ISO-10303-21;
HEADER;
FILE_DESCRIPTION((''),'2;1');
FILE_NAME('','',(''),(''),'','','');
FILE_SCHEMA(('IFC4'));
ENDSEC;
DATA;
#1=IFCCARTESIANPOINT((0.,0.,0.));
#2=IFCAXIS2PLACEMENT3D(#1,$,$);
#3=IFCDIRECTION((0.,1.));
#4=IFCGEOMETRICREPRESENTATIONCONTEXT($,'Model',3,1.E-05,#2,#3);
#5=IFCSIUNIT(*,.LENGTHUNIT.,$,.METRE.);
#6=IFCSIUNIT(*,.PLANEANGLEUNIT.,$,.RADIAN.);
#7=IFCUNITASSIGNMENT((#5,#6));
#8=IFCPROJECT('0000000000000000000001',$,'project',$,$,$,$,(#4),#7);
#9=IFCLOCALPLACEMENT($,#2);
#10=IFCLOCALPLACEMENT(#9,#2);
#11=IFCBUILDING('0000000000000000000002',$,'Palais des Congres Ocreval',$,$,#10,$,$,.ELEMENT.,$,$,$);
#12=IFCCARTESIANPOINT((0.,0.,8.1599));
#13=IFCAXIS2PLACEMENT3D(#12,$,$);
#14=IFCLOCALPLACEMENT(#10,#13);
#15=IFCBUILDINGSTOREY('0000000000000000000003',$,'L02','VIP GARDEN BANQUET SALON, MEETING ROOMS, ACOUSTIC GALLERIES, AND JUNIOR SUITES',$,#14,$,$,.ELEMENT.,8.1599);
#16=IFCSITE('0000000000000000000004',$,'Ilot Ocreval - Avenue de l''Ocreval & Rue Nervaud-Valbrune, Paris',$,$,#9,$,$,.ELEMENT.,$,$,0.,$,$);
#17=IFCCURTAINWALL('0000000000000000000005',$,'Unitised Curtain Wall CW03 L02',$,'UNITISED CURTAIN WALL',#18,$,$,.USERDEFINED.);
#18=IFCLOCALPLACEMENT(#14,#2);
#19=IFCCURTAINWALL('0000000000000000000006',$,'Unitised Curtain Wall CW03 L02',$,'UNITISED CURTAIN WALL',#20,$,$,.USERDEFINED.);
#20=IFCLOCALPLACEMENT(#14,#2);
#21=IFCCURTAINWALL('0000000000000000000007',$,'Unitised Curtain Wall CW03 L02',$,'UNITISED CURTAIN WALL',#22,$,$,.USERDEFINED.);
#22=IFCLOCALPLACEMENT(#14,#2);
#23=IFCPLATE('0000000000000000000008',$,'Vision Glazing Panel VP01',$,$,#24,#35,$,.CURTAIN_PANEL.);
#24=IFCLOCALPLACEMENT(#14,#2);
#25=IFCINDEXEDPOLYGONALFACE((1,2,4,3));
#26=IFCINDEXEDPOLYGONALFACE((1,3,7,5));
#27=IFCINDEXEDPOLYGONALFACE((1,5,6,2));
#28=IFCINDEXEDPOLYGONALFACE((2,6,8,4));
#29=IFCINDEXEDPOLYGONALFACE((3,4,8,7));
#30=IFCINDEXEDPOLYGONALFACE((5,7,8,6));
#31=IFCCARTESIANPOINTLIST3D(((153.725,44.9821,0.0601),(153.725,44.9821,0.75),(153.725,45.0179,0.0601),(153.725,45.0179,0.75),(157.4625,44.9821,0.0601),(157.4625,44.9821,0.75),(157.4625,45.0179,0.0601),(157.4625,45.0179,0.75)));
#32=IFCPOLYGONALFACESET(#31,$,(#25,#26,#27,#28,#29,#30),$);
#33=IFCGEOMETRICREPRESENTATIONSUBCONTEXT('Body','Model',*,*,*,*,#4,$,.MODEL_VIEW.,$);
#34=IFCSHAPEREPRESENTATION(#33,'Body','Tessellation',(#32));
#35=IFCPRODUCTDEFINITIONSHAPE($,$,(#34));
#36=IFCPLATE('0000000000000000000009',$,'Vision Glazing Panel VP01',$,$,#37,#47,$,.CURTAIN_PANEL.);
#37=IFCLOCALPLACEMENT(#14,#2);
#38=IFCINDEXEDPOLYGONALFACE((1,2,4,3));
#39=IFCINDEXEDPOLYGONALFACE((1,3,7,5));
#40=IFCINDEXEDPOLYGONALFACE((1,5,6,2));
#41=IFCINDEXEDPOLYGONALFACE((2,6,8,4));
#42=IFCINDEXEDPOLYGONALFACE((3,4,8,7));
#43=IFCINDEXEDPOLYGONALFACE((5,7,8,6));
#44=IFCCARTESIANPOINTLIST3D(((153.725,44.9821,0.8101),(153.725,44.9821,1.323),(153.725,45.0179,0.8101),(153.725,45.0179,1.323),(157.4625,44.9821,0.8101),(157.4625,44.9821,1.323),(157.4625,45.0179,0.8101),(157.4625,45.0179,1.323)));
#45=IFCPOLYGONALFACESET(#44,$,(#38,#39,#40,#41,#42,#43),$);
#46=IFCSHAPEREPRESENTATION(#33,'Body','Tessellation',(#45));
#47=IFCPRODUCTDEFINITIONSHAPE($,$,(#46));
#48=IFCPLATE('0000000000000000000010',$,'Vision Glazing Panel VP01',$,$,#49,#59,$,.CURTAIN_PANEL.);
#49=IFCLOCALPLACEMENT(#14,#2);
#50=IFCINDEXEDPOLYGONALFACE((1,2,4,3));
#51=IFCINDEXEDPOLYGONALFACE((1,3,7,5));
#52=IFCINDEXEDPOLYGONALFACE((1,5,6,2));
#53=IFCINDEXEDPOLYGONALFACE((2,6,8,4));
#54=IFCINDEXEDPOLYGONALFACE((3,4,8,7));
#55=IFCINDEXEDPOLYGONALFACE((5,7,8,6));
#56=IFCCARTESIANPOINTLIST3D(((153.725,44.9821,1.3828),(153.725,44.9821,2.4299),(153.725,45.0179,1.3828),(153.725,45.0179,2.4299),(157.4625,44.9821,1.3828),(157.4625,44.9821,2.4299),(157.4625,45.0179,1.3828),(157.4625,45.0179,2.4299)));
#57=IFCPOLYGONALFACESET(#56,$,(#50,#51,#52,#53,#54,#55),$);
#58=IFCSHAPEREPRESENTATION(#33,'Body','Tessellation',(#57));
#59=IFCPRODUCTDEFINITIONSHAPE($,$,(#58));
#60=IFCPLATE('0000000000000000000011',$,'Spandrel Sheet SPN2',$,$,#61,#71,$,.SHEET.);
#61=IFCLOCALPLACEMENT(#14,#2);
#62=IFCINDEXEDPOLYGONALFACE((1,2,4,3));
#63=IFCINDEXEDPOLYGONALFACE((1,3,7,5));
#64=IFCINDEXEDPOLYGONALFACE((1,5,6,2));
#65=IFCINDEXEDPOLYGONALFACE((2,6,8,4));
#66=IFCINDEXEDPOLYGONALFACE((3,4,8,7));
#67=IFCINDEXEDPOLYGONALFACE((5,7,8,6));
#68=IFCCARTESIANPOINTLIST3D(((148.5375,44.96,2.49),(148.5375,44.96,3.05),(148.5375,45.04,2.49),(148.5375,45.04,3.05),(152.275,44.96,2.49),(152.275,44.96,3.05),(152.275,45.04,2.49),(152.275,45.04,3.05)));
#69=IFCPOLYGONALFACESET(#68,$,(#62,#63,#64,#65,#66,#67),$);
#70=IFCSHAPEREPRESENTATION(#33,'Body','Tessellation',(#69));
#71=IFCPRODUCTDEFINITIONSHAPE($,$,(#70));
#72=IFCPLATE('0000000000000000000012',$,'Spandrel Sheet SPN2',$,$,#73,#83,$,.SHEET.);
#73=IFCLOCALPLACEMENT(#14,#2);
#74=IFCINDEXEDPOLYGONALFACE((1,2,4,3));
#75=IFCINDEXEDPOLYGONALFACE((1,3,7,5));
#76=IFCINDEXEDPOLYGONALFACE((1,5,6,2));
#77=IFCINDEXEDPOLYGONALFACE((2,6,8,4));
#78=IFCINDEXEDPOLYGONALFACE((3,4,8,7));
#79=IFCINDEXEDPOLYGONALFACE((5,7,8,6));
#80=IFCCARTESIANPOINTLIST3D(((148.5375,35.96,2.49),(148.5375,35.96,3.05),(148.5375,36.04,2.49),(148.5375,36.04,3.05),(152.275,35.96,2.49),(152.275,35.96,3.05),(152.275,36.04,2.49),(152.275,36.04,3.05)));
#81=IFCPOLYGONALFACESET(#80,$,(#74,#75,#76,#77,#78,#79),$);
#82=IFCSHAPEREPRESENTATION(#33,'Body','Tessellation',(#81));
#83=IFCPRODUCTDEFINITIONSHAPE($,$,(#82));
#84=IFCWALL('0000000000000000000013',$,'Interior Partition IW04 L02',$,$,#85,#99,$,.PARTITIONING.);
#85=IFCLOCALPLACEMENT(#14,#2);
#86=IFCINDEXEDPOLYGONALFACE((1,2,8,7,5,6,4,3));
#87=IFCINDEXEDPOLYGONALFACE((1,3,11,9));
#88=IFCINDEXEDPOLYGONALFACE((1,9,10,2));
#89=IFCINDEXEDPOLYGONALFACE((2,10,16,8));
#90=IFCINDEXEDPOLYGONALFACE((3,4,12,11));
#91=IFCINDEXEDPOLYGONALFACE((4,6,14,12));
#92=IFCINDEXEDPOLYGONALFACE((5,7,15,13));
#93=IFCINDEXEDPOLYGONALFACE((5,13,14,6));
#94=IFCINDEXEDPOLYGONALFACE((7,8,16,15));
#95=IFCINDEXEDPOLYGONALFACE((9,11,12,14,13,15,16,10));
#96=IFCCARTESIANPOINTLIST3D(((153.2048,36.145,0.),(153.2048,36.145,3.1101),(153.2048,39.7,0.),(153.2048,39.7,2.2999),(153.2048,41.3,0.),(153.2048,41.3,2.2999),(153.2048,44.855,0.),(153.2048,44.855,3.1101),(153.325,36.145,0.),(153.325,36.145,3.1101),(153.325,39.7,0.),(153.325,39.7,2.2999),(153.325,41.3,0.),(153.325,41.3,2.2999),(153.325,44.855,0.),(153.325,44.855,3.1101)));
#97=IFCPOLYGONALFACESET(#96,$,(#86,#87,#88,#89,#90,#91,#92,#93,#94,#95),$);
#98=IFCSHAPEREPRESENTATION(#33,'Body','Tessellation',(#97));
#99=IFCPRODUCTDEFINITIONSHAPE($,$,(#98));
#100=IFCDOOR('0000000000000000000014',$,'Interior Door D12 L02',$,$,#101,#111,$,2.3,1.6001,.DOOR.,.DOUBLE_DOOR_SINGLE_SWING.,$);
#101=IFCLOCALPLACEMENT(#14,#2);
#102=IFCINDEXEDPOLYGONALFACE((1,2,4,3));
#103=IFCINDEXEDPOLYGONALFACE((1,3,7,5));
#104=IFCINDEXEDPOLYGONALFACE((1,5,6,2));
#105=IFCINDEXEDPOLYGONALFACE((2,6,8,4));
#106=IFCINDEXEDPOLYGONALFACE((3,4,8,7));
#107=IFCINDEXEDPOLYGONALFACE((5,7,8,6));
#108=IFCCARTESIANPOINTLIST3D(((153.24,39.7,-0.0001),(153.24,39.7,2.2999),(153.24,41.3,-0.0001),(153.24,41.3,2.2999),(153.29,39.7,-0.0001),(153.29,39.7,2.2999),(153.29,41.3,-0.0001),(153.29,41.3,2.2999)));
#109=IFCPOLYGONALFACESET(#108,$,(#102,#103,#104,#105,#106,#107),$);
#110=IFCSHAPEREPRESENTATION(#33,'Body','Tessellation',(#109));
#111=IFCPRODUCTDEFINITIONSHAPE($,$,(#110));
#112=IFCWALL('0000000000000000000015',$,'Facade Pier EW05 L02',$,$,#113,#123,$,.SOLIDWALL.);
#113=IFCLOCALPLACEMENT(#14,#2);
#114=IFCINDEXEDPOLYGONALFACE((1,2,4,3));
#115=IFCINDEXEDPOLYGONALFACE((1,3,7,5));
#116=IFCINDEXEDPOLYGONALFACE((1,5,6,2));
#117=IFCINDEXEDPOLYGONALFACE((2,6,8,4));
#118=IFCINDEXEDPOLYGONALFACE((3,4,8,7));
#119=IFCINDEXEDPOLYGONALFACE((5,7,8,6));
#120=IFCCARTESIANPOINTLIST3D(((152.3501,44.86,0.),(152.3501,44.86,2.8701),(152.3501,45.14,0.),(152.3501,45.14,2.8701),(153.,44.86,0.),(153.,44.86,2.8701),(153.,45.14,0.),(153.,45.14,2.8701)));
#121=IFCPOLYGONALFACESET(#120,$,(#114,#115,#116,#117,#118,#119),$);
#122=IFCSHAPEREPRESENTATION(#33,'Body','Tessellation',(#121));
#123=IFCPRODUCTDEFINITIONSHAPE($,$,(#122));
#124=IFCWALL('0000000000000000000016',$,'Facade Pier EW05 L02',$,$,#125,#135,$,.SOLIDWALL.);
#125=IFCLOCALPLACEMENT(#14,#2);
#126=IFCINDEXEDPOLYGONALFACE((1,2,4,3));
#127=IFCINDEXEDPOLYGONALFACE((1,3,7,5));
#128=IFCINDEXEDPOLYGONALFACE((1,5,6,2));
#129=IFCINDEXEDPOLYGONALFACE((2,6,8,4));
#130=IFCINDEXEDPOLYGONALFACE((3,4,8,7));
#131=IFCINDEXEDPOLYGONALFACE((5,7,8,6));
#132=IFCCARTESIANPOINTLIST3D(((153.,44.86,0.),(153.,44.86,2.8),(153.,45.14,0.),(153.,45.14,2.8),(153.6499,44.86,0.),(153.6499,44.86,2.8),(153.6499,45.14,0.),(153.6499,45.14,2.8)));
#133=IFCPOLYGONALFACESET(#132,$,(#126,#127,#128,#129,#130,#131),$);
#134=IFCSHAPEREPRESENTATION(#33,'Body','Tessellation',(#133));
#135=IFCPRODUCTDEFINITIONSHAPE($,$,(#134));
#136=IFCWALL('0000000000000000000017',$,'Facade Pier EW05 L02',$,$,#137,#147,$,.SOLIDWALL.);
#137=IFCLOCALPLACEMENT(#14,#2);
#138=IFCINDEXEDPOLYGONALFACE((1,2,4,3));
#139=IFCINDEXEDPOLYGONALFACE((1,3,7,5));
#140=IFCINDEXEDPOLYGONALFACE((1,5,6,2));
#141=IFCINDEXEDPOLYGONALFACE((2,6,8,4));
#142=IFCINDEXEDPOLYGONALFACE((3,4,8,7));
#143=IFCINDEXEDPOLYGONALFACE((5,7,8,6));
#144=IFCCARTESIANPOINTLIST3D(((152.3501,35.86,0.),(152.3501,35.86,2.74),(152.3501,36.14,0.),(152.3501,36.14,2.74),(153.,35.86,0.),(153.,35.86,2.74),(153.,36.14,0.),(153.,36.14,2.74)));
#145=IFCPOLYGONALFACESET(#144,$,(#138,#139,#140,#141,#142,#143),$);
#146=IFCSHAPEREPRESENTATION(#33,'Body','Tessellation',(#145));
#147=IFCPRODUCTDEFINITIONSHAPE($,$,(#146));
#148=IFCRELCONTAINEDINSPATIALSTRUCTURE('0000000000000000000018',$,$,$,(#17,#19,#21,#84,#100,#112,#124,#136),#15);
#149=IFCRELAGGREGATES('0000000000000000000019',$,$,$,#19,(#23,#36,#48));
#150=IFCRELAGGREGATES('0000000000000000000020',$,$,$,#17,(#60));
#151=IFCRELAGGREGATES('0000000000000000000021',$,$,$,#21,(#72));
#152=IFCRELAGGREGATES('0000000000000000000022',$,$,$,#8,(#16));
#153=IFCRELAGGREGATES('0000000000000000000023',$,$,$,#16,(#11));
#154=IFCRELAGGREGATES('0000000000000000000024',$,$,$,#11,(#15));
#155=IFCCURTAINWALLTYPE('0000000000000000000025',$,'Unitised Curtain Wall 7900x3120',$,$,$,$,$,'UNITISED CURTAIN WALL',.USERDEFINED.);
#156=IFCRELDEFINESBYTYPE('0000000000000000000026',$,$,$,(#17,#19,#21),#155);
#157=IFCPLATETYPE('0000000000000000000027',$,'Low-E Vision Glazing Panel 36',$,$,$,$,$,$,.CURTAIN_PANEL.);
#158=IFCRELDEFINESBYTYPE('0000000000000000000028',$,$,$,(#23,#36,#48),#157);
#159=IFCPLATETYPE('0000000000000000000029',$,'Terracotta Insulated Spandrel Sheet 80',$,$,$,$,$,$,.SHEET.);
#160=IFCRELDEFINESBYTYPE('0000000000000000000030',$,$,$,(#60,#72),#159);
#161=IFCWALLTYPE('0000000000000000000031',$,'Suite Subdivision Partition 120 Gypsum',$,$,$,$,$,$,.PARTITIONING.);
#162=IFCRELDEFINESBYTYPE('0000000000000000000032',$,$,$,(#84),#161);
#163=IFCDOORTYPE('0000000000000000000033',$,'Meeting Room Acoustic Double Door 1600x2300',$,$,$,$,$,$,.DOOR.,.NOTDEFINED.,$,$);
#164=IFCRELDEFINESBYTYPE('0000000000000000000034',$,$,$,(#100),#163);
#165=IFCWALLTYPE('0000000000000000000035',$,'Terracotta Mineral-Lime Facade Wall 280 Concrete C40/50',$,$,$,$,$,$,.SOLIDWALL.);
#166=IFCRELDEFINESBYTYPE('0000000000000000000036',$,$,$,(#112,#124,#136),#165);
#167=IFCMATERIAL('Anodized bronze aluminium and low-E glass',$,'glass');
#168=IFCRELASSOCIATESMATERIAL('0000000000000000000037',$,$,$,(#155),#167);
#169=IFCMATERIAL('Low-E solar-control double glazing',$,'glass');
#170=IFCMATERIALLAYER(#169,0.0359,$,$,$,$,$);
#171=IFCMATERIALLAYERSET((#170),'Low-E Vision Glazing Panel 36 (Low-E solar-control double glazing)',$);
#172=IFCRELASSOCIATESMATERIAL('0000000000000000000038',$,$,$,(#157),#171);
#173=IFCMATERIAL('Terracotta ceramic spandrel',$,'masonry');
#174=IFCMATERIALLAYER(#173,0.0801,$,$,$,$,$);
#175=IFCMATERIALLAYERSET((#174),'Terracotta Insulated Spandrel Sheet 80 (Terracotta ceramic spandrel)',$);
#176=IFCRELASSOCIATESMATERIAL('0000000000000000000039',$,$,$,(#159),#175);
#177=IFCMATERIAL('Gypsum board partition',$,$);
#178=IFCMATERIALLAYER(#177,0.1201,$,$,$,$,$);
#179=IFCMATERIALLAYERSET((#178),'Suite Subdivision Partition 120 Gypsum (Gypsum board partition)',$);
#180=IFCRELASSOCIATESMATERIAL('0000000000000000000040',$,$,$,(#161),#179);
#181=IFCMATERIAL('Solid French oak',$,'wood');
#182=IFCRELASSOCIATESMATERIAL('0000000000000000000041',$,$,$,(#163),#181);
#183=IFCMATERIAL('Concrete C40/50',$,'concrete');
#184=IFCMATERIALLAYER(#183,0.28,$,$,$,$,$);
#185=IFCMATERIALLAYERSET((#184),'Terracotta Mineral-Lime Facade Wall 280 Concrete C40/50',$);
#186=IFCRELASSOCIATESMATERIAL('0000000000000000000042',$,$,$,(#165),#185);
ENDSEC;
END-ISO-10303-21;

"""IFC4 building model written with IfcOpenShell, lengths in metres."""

from ifc_helpers import new_model, si_unit, direction, frame, frame_2d, origin, origin_2d, place, context, subcontext, project, spatial, rectangle, extrude, material, layer, layer_set, type_object, element, fill, aggregate, save


model = new_model("IFC4")

# Units and contexts
model_context = context("Model", 3, precision=1e-05, world=origin(), true_north=direction((0.0, 1.0)))
body_context = subcontext(model_context, "Body", "Model", "MODEL_VIEW")
ifc_project = project(units=[si_unit("LENGTHUNIT", "METRE"), si_unit("PLANEANGLEUNIT", "RADIAN")], contexts=[model_context])

# Site, building, storey
site_placement = place(None, origin())
site = spatial("IfcSite", under=ifc_project, at=site_placement, Name="Ilot Ocreval - Avenue de l'Ocreval & Rue Nervaud-Valbrune, Paris", CompositionType="ELEMENT", RefElevation=0.0)
building_placement = place(site_placement, origin())
building = spatial("IfcBuilding", under=site, at=building_placement, Name="Palais des Congres Ocreval", CompositionType="ELEMENT")
storey_placement = place(building_placement, frame((0.0, 0.0, 8.1599)))
storey = spatial("IfcBuildingStorey", under=building, at=storey_placement, Name="L02", Description="VIP GARDEN BANQUET SALON, MEETING ROOMS, ACOUSTIC GALLERIES, AND JUNIOR SUITES", CompositionType="ELEMENT", Elevation=8.1599)

# Curtain walls
ifc_material_1 = material(Name="Anodized bronze aluminium and low-E glass", Category="glass")
curtain_wall_type = type_object("IfcCurtainWallType", Name="Unitised Curtain Wall 7900x3120", ElementType="UNITISED CURTAIN WALL", PredefinedType="USERDEFINED", material=ifc_material_1)
curtain_wall_1_placement = place(storey_placement, origin())
curtain_wall_1 = element("IfcCurtainWall", 1, at=curtain_wall_1_placement, inside=storey, type_object=curtain_wall_type, Name="Unitised Curtain Wall CW03 L02", ObjectType="UNITISED CURTAIN WALL", PredefinedType="USERDEFINED")
curtain_wall_2_placement = place(storey_placement, origin())
curtain_wall_2 = element("IfcCurtainWall", 2, at=curtain_wall_2_placement, inside=storey, type_object=curtain_wall_type, Name="Unitised Curtain Wall CW03 L02", ObjectType="UNITISED CURTAIN WALL", PredefinedType="USERDEFINED")
curtain_wall_3_placement = place(storey_placement, origin())
curtain_wall_3 = element("IfcCurtainWall", 3, at=curtain_wall_3_placement, inside=storey, type_object=curtain_wall_type, Name="Unitised Curtain Wall CW03 L02", ObjectType="UNITISED CURTAIN WALL", PredefinedType="USERDEFINED")

# Plates
ifc_material_2 = material(Name="Low-E solar-control double glazing", Category="glass")
ifc_layer_1 = layer(ifc_material_2, 0.0359)
ifc_layer_set_1 = layer_set([ifc_layer_1], Name="Low-E Vision Glazing Panel 36 (Low-E solar-control double glazing)")
plate_type_1 = type_object("IfcPlateType", Name="Low-E Vision Glazing Panel 36", PredefinedType="CURTAIN_PANEL", material=ifc_layer_set_1)
plate_1_placement = place(storey_placement, frame((155.5938, 45.0, 0.0601), z_axis=(0.0, 0.0, 1.0), x_axis=(1.0, 0.0, 0.0)))
plate_1 = element("IfcPlate", 4, at=plate_1_placement, type_object=plate_type_1, Name="Vision Glazing Panel VP01", PredefinedType="CURTAIN_PANEL", context=body_context, shape_type="SweptSolid", body=[
    extrude(rectangle(XDim=3.7375, YDim=0.0359, at=origin_2d()), origin(), (0.0, 0.0, 1.0), 0.6899),
])
plate_2_placement = place(storey_placement, frame((155.5938, 45.0, 0.8101), z_axis=(0.0, 0.0, 1.0), x_axis=(1.0, 0.0, 0.0)))
plate_2 = element("IfcPlate", 5, at=plate_2_placement, type_object=plate_type_1, Name="Vision Glazing Panel VP01", PredefinedType="CURTAIN_PANEL", context=body_context, shape_type="SweptSolid", body=[
    extrude(rectangle(XDim=3.7375, YDim=0.0359, at=origin_2d()), origin(), (0.0, 0.0, 1.0), 0.5129),
])
plate_3_placement = place(storey_placement, frame((155.5938, 45.0, 1.3828), z_axis=(0.0, 0.0, 1.0), x_axis=(1.0, 0.0, 0.0)))
plate_3 = element("IfcPlate", 6, at=plate_3_placement, type_object=plate_type_1, Name="Vision Glazing Panel VP01", PredefinedType="CURTAIN_PANEL", context=body_context, shape_type="SweptSolid", body=[
    extrude(rectangle(XDim=3.7375, YDim=0.0359, at=origin_2d()), origin(), (0.0, 0.0, 1.0), 1.0471),
])
aggregate(curtain_wall_2, [plate_1, plate_2, plate_3])
ifc_material_3 = material(Name="Terracotta ceramic spandrel", Category="masonry")
ifc_layer_2 = layer(ifc_material_3, 0.0801)
ifc_layer_set_2 = layer_set([ifc_layer_2], Name="Terracotta Insulated Spandrel Sheet 80 (Terracotta ceramic spandrel)")
plate_type_2 = type_object("IfcPlateType", Name="Terracotta Insulated Spandrel Sheet 80", PredefinedType="SHEET", material=ifc_layer_set_2)
plate_4_placement = place(storey_placement, frame((150.4062, 45.0, 2.49), z_axis=(0.0, 0.0, 1.0), x_axis=(1.0, 0.0, 0.0)))
plate_4 = element("IfcPlate", 7, at=plate_4_placement, type_object=plate_type_2, Name="Spandrel Sheet SPN2", PredefinedType="SHEET", context=body_context, shape_type="SweptSolid", body=[
    extrude(rectangle(XDim=3.7375, YDim=0.0801, at=origin_2d()), origin(), (0.0, 0.0, 1.0), 0.5601),
])
aggregate(curtain_wall_1, [plate_4])
plate_5_placement = place(storey_placement, frame((150.4062, 36.0, 2.49), z_axis=(0.0, 0.0, 1.0), x_axis=(-1.0, 0.0, 0.0)))
plate_5 = element("IfcPlate", 8, at=plate_5_placement, type_object=plate_type_2, Name="Spandrel Sheet SPN2", PredefinedType="SHEET", context=body_context, shape_type="SweptSolid", body=[
    extrude(rectangle(XDim=3.7375, YDim=0.0801, at=origin_2d()), origin(), (0.0, 0.0, 1.0), 0.5601),
])
aggregate(curtain_wall_3, [plate_5])

# Wall, opening, door
ifc_material_4 = material(Name="Gypsum board partition")
ifc_layer_3 = layer(ifc_material_4, 0.1201)
ifc_layer_set_3 = layer_set([ifc_layer_3], Name="Suite Subdivision Partition 120 Gypsum (Gypsum board partition)")
wall_type_1 = type_object("IfcWallType", Name="Suite Subdivision Partition 120 Gypsum", PredefinedType="PARTITIONING", material=ifc_layer_set_3)
wall_1_placement = place(storey_placement, frame((153.2649, 36.145, 0.0), z_axis=(0.0, 0.0, 1.0), x_axis=(0.0, 1.0, 0.0)))
wall_1 = element("IfcWall", 9, at=wall_1_placement, inside=storey, type_object=wall_type_1, Name="Interior Partition IW04 L02", PredefinedType="PARTITIONING", context=body_context, shape_type="SweptSolid", body=[
    extrude(rectangle(XDim=8.71, YDim=0.1201, at=frame_2d((4.355, 0.0))), origin(), (0.0, 0.0, 1.0), 3.1101),
])
opening_placement = place(wall_1_placement, frame((3.5549, 0.0, 0.0)))
opening = element("IfcOpeningElement", 10, at=opening_placement, cuts=wall_1, PredefinedType="OPENING", context=body_context, shape_type="SweptSolid", body=[
    extrude(rectangle(XDim=1.6001, YDim=2.3, at=frame_2d((0.8, 1.1499))), frame((0.0, 0.0701, 0.0), z_axis=(0.0, -1.0, 0.0), x_axis=(1.0, 0.0, 0.0)), (0.0, 0.0, 1.0), 0.1401),
])
ifc_material_5 = material(Name="Solid French oak", Category="wood")
door_type = type_object("IfcDoorType", Name="Meeting Room Acoustic Double Door 1600x2300", OperationType="NOTDEFINED", PredefinedType="DOOR", material=ifc_material_5)
door_placement = place(opening_placement, origin())
door = element("IfcDoor", 11, at=door_placement, inside=storey, type_object=door_type, Name="Interior Door D12 L02", OperationType="DOUBLE_DOOR_SINGLE_SWING", OverallHeight=2.3, OverallWidth=1.6001, PredefinedType="DOOR", context=body_context, shape_type="SweptSolid", body=[
    extrude(rectangle(XDim=1.6001, YDim=2.3, at=frame_2d((0.8, 1.1499))), frame((0.0, 0.0249, 0.0), z_axis=(0.0, -1.0, 0.0), x_axis=(1.0, 0.0, 0.0)), (0.0, 0.0, 1.0), 0.05),
])
fill(opening, door)

# Walls
ifc_material_6 = material(Name="Concrete C40/50", Category="concrete")
ifc_layer_4 = layer(ifc_material_6, 0.28)
ifc_layer_set_4 = layer_set([ifc_layer_4], Name="Terracotta Mineral-Lime Facade Wall 280 Concrete C40/50")
wall_type_2 = type_object("IfcWallType", Name="Terracotta Mineral-Lime Facade Wall 280 Concrete C40/50", PredefinedType="SOLIDWALL", material=ifc_layer_set_4)
wall_2_placement = place(storey_placement, frame((152.3501, 45.0, 0.0), z_axis=(0.0, 0.0, 1.0), x_axis=(1.0, 0.0, 0.0)))
element("IfcWall", 12, at=wall_2_placement, inside=storey, type_object=wall_type_2, Name="Facade Pier EW05 L02", PredefinedType="SOLIDWALL", context=body_context, shape_type="SweptSolid", body=[
    extrude(rectangle(XDim=0.6499, YDim=0.28, at=frame_2d((0.325, 0.0))), origin(), (0.0, 0.0, 1.0), 2.8701),
])
wall_3_placement = place(storey_placement, frame((153.0, 45.0, 0.0), z_axis=(0.0, 0.0, 1.0), x_axis=(1.0, 0.0, 0.0)))
element("IfcWall", 13, at=wall_3_placement, inside=storey, type_object=wall_type_2, Name="Facade Pier EW05 L02", PredefinedType="SOLIDWALL", context=body_context, shape_type="SweptSolid", body=[
    extrude(rectangle(XDim=0.6499, YDim=0.28, at=frame_2d((0.325, 0.0))), origin(), (0.0, 0.0, 1.0), 2.8),
])
wall_4_placement = place(storey_placement, frame((153.0, 36.0, 0.0), z_axis=(0.0, 0.0, 1.0), x_axis=(-1.0, 0.0, 0.0)))
element("IfcWall", 14, at=wall_4_placement, inside=storey, type_object=wall_type_2, Name="Facade Pier EW05 L02", PredefinedType="SOLIDWALL", context=body_context, shape_type="SweptSolid", body=[
    extrude(rectangle(XDim=0.6499, YDim=0.28, at=frame_2d((0.325, 0.0))), origin(), (0.0, 0.0, 1.0), 2.74),
])

save(model, "model.ifc")
